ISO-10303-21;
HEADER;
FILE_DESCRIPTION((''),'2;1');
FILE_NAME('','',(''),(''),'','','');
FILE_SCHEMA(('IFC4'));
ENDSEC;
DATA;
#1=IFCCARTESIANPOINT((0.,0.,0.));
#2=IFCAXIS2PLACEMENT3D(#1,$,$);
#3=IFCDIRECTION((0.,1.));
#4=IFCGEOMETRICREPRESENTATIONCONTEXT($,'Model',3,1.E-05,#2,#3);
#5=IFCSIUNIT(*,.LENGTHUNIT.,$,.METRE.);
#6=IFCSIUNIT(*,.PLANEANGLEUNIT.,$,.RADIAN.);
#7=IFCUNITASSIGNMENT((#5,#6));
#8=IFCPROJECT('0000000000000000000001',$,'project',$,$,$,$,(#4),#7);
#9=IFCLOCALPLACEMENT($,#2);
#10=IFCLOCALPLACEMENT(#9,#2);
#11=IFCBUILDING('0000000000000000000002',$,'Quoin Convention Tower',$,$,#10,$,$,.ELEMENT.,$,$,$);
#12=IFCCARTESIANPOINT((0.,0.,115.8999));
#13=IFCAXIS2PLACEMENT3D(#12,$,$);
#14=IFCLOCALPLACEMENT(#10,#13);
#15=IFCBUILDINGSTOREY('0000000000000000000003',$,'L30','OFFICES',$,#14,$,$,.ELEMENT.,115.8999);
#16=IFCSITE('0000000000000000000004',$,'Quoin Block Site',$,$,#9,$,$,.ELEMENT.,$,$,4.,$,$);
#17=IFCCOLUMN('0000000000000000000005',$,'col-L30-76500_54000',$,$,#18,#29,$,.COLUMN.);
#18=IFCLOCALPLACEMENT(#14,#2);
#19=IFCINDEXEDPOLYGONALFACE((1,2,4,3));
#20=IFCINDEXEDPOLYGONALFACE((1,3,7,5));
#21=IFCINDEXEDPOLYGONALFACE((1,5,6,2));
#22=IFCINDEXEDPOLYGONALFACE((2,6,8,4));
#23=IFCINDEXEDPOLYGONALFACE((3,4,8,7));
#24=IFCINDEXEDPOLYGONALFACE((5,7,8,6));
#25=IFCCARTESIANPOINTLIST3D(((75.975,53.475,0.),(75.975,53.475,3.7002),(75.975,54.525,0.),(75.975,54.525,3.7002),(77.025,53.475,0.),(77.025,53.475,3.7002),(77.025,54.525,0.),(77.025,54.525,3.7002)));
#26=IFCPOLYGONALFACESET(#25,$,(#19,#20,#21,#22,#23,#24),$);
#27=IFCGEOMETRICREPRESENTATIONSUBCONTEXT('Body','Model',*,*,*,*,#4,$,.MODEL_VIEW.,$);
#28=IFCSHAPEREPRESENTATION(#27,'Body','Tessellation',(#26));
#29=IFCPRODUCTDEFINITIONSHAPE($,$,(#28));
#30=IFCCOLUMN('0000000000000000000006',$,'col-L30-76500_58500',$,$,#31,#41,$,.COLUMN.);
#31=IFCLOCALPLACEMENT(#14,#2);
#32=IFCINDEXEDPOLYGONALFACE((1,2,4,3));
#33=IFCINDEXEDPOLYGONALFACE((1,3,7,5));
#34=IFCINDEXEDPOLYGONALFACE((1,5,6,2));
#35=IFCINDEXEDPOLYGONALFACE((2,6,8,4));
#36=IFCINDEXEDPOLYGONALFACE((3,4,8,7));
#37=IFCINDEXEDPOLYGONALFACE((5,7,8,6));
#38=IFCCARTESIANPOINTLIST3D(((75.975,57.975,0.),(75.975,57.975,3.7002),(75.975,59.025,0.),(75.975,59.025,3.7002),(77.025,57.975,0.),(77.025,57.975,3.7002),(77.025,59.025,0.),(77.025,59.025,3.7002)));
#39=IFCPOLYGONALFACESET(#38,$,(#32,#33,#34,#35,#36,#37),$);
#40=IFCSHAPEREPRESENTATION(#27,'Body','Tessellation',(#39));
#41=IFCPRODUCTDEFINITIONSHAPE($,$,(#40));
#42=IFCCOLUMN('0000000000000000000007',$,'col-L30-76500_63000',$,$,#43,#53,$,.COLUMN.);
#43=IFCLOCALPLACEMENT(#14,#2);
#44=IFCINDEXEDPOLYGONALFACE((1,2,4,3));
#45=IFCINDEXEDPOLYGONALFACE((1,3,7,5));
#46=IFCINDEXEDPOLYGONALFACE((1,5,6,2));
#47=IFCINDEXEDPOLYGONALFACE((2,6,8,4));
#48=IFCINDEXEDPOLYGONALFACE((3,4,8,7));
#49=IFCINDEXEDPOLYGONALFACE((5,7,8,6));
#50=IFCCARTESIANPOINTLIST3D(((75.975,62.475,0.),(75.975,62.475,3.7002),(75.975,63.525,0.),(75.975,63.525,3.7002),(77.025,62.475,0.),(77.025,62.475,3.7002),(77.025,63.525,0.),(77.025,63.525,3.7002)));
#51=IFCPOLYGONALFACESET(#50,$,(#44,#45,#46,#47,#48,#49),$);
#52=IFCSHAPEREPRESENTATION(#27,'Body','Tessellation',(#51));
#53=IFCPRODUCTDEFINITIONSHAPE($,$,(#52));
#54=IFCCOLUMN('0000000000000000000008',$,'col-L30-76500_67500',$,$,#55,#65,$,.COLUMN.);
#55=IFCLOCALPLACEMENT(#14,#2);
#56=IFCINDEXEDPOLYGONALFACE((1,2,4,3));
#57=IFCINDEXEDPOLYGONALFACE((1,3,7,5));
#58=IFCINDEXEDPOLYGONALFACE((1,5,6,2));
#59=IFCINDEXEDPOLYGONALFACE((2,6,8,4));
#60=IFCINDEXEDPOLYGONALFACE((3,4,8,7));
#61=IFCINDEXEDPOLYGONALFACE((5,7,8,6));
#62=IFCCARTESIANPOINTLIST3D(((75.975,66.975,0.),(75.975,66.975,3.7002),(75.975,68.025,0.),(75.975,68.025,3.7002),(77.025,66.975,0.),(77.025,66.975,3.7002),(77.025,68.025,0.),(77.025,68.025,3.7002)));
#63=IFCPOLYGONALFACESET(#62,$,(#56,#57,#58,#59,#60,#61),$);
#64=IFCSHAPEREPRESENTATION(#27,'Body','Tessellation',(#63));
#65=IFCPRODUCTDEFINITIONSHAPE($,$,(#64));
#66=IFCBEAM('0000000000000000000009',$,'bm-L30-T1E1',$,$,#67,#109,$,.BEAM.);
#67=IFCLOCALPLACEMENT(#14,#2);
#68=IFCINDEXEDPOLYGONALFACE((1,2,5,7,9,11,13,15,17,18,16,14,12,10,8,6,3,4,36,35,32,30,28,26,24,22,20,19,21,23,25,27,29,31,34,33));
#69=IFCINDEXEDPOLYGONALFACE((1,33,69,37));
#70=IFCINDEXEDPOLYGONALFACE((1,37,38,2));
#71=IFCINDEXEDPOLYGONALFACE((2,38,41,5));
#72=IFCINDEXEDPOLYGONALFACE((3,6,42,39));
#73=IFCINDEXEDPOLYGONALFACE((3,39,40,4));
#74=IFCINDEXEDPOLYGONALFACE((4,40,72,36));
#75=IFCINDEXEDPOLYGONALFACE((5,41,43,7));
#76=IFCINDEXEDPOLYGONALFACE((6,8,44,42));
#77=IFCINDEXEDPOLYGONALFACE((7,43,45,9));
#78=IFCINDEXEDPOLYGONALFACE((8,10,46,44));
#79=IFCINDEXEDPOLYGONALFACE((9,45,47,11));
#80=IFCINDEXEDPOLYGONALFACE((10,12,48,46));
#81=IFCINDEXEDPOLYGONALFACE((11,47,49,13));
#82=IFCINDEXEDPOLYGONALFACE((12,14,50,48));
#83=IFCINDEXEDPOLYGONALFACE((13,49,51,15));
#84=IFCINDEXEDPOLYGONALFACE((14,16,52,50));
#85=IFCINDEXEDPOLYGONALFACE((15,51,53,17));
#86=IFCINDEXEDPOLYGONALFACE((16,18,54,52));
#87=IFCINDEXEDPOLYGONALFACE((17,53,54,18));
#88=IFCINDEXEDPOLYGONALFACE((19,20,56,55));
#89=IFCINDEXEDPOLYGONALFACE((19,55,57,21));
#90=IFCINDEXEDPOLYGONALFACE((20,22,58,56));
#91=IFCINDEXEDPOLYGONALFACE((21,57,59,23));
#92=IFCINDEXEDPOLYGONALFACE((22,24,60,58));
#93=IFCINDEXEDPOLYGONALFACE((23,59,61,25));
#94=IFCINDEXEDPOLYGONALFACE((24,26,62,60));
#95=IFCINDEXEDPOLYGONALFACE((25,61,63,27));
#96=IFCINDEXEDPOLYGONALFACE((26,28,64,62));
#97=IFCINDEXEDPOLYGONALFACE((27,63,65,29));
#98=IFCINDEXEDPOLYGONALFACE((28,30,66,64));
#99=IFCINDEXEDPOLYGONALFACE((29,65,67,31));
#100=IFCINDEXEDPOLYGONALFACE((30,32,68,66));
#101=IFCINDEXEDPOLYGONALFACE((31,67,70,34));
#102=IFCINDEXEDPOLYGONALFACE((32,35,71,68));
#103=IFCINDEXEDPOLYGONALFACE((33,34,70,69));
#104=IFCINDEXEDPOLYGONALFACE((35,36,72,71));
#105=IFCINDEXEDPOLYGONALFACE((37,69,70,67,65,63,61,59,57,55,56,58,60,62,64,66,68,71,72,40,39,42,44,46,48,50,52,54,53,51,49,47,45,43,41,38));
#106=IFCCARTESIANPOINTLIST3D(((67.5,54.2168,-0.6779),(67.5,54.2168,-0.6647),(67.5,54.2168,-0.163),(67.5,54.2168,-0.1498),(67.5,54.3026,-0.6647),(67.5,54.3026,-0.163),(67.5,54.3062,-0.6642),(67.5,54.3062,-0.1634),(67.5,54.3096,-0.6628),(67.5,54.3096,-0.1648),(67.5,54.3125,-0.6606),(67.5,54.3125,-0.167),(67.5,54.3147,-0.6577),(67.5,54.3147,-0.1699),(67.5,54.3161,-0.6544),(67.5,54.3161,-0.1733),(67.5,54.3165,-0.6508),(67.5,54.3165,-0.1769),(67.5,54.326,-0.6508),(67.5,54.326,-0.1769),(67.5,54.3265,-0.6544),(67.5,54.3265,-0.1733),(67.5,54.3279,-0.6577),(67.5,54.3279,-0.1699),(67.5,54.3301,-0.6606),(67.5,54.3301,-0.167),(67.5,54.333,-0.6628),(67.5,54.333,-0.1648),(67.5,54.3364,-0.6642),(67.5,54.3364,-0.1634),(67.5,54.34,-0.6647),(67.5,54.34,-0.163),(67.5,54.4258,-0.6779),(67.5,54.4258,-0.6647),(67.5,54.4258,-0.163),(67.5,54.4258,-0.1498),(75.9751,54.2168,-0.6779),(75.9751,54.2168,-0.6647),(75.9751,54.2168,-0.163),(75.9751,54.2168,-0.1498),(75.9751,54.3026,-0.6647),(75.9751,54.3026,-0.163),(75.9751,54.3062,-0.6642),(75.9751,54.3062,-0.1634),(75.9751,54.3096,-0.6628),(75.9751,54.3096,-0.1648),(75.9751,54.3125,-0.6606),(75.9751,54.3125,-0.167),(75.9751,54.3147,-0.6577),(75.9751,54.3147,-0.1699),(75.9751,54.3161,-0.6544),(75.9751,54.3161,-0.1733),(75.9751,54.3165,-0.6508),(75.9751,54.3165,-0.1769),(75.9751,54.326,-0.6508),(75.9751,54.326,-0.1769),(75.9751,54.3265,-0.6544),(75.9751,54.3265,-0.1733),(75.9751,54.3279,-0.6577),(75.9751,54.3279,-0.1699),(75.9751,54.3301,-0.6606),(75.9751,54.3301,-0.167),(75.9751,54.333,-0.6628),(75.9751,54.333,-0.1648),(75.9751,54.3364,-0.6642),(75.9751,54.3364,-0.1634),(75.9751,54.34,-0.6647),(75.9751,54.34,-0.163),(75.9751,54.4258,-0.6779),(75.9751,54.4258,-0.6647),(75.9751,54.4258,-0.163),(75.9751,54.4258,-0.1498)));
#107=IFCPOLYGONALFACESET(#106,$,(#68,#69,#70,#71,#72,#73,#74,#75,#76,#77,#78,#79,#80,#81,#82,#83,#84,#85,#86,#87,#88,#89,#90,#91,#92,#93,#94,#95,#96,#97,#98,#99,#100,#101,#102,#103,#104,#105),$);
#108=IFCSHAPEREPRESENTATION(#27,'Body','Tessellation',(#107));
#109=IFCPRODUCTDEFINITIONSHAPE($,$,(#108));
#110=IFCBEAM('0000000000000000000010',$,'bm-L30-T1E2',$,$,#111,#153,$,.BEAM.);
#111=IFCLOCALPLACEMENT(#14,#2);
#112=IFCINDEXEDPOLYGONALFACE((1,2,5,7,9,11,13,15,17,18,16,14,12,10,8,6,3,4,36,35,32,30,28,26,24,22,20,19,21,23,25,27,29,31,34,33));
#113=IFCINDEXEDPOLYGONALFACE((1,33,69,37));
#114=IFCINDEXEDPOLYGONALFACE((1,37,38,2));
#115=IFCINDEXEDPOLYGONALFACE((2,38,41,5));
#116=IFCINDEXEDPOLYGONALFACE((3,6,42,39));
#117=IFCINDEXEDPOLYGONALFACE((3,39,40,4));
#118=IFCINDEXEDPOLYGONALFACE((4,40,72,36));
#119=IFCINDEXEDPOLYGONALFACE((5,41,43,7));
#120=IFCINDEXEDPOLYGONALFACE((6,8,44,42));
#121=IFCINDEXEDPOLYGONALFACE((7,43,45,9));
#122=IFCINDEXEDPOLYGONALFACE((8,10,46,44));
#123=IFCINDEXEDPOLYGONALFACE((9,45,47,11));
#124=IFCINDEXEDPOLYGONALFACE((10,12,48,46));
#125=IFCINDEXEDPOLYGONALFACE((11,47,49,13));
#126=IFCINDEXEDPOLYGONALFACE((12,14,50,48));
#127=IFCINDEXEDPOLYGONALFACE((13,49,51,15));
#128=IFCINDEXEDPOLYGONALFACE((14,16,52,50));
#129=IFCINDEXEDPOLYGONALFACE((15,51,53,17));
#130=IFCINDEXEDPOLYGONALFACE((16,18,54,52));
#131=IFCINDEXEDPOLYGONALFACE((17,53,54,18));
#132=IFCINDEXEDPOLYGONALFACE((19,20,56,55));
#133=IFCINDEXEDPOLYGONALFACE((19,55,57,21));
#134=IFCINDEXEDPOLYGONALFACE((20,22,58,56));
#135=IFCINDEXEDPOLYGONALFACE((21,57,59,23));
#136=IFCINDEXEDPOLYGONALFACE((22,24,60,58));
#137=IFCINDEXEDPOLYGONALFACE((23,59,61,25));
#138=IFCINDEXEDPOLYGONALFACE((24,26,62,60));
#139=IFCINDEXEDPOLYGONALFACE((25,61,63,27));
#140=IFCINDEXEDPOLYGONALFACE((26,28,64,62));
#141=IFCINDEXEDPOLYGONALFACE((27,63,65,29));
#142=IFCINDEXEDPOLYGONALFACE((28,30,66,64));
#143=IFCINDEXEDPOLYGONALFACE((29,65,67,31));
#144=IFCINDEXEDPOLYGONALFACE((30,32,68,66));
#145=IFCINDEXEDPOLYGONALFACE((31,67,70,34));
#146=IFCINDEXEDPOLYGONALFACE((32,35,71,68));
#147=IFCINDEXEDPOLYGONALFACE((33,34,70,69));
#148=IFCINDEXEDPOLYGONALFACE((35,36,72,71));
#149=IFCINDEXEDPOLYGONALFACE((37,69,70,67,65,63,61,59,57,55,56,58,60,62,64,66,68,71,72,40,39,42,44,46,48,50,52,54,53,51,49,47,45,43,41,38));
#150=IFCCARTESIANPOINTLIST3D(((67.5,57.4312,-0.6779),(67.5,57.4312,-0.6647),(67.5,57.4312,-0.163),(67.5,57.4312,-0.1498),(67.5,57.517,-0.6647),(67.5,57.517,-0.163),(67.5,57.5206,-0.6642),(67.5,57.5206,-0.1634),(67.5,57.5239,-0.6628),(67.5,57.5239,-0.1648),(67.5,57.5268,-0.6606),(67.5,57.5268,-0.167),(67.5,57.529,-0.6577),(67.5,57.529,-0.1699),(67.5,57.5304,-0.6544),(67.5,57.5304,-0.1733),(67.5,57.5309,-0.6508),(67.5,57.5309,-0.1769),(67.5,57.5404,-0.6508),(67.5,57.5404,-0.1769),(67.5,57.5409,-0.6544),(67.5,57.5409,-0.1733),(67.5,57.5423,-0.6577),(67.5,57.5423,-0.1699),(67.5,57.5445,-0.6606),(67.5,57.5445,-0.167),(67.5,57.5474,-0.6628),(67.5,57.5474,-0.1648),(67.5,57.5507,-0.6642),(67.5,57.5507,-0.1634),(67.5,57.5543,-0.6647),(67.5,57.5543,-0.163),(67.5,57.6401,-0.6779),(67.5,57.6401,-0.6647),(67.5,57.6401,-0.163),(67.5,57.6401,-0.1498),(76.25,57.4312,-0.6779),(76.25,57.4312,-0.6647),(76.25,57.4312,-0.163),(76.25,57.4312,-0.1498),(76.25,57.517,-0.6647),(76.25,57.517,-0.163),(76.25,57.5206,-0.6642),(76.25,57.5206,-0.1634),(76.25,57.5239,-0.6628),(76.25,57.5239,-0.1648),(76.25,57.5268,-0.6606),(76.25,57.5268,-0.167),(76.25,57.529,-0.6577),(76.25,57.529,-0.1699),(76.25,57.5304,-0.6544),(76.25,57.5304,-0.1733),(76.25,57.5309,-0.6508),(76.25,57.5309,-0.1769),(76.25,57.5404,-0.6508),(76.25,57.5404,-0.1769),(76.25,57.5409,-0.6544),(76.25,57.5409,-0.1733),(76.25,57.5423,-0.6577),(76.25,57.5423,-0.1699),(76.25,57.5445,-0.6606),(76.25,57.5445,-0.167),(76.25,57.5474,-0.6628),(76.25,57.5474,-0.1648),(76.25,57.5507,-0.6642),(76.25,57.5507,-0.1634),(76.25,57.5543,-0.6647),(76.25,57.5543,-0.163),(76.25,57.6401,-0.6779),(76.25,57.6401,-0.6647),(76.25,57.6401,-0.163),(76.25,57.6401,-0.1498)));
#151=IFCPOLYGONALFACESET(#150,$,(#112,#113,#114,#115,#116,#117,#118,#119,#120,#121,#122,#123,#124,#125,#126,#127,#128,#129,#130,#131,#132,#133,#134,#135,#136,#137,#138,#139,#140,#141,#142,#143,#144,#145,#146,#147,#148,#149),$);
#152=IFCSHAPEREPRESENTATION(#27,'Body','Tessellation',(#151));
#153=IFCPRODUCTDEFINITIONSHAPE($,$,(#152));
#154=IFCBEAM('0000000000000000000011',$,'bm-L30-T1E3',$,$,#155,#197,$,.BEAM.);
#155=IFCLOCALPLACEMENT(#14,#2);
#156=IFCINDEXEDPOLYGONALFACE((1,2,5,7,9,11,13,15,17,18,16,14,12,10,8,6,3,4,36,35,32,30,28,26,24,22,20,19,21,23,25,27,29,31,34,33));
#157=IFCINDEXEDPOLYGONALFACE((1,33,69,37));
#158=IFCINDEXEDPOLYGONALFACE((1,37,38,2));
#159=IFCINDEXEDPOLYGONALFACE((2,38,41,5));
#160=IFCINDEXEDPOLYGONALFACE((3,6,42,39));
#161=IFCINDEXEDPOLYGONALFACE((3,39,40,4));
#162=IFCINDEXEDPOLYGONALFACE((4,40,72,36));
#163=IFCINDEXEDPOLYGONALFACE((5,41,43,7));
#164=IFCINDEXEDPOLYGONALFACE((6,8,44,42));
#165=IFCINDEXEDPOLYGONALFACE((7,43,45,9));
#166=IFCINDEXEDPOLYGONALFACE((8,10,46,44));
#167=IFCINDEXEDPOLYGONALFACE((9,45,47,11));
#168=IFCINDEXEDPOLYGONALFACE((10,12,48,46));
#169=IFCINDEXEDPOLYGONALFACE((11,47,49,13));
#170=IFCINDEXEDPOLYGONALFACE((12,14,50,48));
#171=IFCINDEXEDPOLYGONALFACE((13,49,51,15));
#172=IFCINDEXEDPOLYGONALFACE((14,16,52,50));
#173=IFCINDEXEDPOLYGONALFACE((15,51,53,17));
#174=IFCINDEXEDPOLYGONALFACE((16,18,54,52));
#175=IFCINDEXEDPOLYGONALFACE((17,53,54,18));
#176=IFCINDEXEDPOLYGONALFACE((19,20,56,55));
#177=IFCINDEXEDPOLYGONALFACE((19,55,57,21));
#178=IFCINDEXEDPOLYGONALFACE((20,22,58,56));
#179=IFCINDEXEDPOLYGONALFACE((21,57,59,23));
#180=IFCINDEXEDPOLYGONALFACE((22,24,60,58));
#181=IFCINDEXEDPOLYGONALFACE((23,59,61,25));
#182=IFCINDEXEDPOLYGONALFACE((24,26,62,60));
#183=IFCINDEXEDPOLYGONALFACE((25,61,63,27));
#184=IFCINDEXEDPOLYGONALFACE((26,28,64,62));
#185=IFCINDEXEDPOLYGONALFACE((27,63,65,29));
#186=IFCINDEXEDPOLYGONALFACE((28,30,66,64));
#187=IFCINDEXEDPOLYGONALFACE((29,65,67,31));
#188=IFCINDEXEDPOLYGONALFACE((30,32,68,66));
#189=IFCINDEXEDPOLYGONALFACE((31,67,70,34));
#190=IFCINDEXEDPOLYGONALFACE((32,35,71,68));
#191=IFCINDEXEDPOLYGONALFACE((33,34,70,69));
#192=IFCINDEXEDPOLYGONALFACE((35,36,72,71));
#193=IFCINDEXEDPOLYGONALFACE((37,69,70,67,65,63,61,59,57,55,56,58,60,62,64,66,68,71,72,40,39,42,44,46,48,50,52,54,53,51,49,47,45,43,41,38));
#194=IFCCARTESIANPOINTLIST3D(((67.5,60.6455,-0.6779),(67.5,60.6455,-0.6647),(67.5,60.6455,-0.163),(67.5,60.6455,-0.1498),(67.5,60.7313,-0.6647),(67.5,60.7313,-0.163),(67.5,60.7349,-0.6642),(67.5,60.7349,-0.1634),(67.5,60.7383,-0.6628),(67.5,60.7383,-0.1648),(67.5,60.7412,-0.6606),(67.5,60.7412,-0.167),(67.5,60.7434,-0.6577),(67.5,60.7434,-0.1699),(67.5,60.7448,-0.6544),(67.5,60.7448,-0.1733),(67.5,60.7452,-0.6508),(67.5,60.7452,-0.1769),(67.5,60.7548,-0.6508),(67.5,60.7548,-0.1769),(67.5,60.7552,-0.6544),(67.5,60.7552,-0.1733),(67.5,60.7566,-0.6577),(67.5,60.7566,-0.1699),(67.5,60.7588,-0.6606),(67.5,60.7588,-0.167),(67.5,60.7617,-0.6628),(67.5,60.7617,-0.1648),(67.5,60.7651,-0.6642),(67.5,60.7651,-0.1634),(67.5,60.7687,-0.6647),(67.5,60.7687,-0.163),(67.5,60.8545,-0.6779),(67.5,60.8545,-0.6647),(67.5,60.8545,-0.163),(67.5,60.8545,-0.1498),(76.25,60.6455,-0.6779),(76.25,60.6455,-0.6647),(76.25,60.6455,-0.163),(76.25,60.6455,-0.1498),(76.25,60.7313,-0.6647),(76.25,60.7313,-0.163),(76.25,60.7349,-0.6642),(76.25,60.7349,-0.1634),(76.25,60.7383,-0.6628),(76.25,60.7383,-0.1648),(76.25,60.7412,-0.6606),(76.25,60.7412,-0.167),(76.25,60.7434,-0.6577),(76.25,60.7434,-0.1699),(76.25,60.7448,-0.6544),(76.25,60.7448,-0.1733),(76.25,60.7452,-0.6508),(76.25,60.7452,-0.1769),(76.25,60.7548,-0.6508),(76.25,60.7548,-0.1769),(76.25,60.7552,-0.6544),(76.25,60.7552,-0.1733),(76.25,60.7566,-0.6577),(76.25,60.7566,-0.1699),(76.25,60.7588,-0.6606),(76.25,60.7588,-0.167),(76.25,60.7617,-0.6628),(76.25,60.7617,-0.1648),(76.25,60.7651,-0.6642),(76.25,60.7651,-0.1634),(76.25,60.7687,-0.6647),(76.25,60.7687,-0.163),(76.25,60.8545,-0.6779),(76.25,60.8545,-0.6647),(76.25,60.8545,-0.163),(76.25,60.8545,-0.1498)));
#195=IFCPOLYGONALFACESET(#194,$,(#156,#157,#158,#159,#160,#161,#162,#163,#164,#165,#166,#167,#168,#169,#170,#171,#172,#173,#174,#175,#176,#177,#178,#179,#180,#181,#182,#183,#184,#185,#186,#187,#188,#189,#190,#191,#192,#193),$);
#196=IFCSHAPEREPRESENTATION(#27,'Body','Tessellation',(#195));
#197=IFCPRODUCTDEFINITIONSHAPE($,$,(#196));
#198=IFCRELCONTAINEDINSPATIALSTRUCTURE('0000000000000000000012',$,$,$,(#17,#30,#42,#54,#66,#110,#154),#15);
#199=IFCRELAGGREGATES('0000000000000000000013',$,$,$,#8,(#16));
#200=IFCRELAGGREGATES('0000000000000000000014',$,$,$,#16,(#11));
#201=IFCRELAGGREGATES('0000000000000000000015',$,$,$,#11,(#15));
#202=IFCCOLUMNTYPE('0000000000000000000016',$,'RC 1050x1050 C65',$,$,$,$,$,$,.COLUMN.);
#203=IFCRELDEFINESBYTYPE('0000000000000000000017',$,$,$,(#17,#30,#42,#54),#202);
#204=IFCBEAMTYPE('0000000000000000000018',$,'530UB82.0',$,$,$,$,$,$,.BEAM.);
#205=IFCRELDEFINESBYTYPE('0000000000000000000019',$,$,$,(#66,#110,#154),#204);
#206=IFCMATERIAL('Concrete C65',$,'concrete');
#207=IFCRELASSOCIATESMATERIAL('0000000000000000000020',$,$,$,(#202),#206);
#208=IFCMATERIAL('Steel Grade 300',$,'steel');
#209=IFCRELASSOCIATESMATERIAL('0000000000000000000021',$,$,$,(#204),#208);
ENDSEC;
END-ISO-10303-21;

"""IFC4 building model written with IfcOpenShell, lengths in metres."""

from ifc_helpers import new_model, si_unit, direction, frame, origin, origin_2d, place, context, subcontext, project, spatial, rectangle, i_section, extrude, material, material_profile, profile_set, type_object, element, save


model = new_model("IFC4")

# Units and contexts
model_context = context("Model", 3, precision=1e-05, world=origin(), true_north=direction((0.0, 1.0)))
body_context = subcontext(model_context, "Body", "Model", "MODEL_VIEW")
ifc_project = project(units=[si_unit("LENGTHUNIT", "METRE"), si_unit("PLANEANGLEUNIT", "RADIAN")], contexts=[model_context])

# Site, building, storey
site_placement = place(None, origin())
site = spatial("IfcSite", under=ifc_project, at=site_placement, Name="Quoin Block Site", CompositionType="ELEMENT", RefElevation=4.0)
building_placement = place(site_placement, origin())
building = spatial("IfcBuilding", under=site, at=building_placement, Name="Quoin Convention Tower", CompositionType="ELEMENT")
storey_placement = place(building_placement, frame((0.0, 0.0, 115.8999)))
storey = spatial("IfcBuildingStorey", under=building, at=storey_placement, Name="L30", Description="OFFICES", CompositionType="ELEMENT", Elevation=115.8999)

# Columns
ifc_material_1 = material(Name="Concrete C65", Category="concrete")
ifc_material_profile_1 = material_profile(ifc_material_1, rectangle(XDim=1.05, YDim=1.05, at=origin_2d()), Name="RC 1050x1050")
ifc_profile_set_1 = profile_set([ifc_material_profile_1], Name="Concrete C65")
column_type = type_object("IfcColumnType", Name="RC 1050x1050 C65", PredefinedType="COLUMN", material=ifc_profile_set_1)
for number, where, z_axis, x_axis, name in (
    (1, (76.5, 54.0, 0.0), (0.0, 0.0, 1.0), (1.0, 0.0, 0.0), "col-L30-76500_54000"),
    (2, (76.5, 58.5, 0.0), (0.0, 0.0, 1.0), (1.0, 0.0, 0.0), "col-L30-76500_58500"),
    (3, (76.5, 63.0, 0.0), (0.0, 0.0, 1.0), (1.0, 0.0, 0.0), "col-L30-76500_63000"),
    (4, (76.5, 67.5, 0.0), (0.0, 0.0, 1.0), (1.0, 0.0, 0.0), "col-L30-76500_67500"),
):
    element("IfcColumn", number, at=place(storey_placement, frame(where, z_axis=z_axis, x_axis=x_axis)), inside=storey, type_object=column_type, Name=name, PredefinedType="COLUMN", context=body_context, shape_type="SweptSolid", body=[
        extrude(rectangle(XDim=1.05, YDim=1.05, at=origin_2d()), origin(), (0.0, 0.0, 1.0), 3.7002),
    ])

# Beams
ifc_material_2 = material(Name="Steel Grade 300", Category="steel")
ifc_material_profile_2 = material_profile(ifc_material_2, i_section(OverallWidth=0.209, OverallDepth=0.5281, WebThickness=0.0095, FlangeThickness=0.0132, FilletRadius=0.0139, at=origin_2d()), Name="530UB82.0")
ifc_profile_set_2 = profile_set([ifc_material_profile_2], Name="Steel Grade 300")
beam_type_1 = type_object("IfcBeamType", Name="530UB82.0", PredefinedType="BEAM", material=ifc_profile_set_2)
beam_1_placement = place(storey_placement, frame((67.5, 54.3213, -0.4138), z_axis=(1.0, 0.0, 0.0), x_axis=(0.0, 1.0, 0.0)))
element("IfcBeam", 5, at=beam_1_placement, inside=storey, type_object=beam_type_1, Name="bm-L30-T1E1", PredefinedType="BEAM", context=body_context, shape_type="SweptSolid", body=[
    extrude(i_section(OverallWidth=0.209, OverallDepth=0.5281, WebThickness=0.0095, FlangeThickness=0.0132, FilletRadius=0.0139, at=origin_2d()), origin(), (0.0, 0.0, 1.0), 8.4751),
])
for number, where, z_axis, x_axis, name in (
    (6, (67.5, 57.5356, -0.4138), (1.0, 0.0, 0.0), (0.0, 1.0, 0.0), "bm-L30-T1E2"),
    (7, (67.5, 60.75, -0.4138), (1.0, 0.0, 0.0), (0.0, 1.0, 0.0), "bm-L30-T1E3"),
):
    element("IfcBeam", number, at=place(storey_placement, frame(where, z_axis=z_axis, x_axis=x_axis)), inside=storey, type_object=beam_type_1, Name=name, PredefinedType="BEAM", context=body_context, shape_type="SweptSolid", body=[
        extrude(i_section(OverallWidth=0.209, OverallDepth=0.5281, WebThickness=0.0095, FlangeThickness=0.0132, FilletRadius=0.0139, at=origin_2d()), origin(), (0.0, 0.0, 1.0), 8.75),
    ])

save(model, "model.ifc")
